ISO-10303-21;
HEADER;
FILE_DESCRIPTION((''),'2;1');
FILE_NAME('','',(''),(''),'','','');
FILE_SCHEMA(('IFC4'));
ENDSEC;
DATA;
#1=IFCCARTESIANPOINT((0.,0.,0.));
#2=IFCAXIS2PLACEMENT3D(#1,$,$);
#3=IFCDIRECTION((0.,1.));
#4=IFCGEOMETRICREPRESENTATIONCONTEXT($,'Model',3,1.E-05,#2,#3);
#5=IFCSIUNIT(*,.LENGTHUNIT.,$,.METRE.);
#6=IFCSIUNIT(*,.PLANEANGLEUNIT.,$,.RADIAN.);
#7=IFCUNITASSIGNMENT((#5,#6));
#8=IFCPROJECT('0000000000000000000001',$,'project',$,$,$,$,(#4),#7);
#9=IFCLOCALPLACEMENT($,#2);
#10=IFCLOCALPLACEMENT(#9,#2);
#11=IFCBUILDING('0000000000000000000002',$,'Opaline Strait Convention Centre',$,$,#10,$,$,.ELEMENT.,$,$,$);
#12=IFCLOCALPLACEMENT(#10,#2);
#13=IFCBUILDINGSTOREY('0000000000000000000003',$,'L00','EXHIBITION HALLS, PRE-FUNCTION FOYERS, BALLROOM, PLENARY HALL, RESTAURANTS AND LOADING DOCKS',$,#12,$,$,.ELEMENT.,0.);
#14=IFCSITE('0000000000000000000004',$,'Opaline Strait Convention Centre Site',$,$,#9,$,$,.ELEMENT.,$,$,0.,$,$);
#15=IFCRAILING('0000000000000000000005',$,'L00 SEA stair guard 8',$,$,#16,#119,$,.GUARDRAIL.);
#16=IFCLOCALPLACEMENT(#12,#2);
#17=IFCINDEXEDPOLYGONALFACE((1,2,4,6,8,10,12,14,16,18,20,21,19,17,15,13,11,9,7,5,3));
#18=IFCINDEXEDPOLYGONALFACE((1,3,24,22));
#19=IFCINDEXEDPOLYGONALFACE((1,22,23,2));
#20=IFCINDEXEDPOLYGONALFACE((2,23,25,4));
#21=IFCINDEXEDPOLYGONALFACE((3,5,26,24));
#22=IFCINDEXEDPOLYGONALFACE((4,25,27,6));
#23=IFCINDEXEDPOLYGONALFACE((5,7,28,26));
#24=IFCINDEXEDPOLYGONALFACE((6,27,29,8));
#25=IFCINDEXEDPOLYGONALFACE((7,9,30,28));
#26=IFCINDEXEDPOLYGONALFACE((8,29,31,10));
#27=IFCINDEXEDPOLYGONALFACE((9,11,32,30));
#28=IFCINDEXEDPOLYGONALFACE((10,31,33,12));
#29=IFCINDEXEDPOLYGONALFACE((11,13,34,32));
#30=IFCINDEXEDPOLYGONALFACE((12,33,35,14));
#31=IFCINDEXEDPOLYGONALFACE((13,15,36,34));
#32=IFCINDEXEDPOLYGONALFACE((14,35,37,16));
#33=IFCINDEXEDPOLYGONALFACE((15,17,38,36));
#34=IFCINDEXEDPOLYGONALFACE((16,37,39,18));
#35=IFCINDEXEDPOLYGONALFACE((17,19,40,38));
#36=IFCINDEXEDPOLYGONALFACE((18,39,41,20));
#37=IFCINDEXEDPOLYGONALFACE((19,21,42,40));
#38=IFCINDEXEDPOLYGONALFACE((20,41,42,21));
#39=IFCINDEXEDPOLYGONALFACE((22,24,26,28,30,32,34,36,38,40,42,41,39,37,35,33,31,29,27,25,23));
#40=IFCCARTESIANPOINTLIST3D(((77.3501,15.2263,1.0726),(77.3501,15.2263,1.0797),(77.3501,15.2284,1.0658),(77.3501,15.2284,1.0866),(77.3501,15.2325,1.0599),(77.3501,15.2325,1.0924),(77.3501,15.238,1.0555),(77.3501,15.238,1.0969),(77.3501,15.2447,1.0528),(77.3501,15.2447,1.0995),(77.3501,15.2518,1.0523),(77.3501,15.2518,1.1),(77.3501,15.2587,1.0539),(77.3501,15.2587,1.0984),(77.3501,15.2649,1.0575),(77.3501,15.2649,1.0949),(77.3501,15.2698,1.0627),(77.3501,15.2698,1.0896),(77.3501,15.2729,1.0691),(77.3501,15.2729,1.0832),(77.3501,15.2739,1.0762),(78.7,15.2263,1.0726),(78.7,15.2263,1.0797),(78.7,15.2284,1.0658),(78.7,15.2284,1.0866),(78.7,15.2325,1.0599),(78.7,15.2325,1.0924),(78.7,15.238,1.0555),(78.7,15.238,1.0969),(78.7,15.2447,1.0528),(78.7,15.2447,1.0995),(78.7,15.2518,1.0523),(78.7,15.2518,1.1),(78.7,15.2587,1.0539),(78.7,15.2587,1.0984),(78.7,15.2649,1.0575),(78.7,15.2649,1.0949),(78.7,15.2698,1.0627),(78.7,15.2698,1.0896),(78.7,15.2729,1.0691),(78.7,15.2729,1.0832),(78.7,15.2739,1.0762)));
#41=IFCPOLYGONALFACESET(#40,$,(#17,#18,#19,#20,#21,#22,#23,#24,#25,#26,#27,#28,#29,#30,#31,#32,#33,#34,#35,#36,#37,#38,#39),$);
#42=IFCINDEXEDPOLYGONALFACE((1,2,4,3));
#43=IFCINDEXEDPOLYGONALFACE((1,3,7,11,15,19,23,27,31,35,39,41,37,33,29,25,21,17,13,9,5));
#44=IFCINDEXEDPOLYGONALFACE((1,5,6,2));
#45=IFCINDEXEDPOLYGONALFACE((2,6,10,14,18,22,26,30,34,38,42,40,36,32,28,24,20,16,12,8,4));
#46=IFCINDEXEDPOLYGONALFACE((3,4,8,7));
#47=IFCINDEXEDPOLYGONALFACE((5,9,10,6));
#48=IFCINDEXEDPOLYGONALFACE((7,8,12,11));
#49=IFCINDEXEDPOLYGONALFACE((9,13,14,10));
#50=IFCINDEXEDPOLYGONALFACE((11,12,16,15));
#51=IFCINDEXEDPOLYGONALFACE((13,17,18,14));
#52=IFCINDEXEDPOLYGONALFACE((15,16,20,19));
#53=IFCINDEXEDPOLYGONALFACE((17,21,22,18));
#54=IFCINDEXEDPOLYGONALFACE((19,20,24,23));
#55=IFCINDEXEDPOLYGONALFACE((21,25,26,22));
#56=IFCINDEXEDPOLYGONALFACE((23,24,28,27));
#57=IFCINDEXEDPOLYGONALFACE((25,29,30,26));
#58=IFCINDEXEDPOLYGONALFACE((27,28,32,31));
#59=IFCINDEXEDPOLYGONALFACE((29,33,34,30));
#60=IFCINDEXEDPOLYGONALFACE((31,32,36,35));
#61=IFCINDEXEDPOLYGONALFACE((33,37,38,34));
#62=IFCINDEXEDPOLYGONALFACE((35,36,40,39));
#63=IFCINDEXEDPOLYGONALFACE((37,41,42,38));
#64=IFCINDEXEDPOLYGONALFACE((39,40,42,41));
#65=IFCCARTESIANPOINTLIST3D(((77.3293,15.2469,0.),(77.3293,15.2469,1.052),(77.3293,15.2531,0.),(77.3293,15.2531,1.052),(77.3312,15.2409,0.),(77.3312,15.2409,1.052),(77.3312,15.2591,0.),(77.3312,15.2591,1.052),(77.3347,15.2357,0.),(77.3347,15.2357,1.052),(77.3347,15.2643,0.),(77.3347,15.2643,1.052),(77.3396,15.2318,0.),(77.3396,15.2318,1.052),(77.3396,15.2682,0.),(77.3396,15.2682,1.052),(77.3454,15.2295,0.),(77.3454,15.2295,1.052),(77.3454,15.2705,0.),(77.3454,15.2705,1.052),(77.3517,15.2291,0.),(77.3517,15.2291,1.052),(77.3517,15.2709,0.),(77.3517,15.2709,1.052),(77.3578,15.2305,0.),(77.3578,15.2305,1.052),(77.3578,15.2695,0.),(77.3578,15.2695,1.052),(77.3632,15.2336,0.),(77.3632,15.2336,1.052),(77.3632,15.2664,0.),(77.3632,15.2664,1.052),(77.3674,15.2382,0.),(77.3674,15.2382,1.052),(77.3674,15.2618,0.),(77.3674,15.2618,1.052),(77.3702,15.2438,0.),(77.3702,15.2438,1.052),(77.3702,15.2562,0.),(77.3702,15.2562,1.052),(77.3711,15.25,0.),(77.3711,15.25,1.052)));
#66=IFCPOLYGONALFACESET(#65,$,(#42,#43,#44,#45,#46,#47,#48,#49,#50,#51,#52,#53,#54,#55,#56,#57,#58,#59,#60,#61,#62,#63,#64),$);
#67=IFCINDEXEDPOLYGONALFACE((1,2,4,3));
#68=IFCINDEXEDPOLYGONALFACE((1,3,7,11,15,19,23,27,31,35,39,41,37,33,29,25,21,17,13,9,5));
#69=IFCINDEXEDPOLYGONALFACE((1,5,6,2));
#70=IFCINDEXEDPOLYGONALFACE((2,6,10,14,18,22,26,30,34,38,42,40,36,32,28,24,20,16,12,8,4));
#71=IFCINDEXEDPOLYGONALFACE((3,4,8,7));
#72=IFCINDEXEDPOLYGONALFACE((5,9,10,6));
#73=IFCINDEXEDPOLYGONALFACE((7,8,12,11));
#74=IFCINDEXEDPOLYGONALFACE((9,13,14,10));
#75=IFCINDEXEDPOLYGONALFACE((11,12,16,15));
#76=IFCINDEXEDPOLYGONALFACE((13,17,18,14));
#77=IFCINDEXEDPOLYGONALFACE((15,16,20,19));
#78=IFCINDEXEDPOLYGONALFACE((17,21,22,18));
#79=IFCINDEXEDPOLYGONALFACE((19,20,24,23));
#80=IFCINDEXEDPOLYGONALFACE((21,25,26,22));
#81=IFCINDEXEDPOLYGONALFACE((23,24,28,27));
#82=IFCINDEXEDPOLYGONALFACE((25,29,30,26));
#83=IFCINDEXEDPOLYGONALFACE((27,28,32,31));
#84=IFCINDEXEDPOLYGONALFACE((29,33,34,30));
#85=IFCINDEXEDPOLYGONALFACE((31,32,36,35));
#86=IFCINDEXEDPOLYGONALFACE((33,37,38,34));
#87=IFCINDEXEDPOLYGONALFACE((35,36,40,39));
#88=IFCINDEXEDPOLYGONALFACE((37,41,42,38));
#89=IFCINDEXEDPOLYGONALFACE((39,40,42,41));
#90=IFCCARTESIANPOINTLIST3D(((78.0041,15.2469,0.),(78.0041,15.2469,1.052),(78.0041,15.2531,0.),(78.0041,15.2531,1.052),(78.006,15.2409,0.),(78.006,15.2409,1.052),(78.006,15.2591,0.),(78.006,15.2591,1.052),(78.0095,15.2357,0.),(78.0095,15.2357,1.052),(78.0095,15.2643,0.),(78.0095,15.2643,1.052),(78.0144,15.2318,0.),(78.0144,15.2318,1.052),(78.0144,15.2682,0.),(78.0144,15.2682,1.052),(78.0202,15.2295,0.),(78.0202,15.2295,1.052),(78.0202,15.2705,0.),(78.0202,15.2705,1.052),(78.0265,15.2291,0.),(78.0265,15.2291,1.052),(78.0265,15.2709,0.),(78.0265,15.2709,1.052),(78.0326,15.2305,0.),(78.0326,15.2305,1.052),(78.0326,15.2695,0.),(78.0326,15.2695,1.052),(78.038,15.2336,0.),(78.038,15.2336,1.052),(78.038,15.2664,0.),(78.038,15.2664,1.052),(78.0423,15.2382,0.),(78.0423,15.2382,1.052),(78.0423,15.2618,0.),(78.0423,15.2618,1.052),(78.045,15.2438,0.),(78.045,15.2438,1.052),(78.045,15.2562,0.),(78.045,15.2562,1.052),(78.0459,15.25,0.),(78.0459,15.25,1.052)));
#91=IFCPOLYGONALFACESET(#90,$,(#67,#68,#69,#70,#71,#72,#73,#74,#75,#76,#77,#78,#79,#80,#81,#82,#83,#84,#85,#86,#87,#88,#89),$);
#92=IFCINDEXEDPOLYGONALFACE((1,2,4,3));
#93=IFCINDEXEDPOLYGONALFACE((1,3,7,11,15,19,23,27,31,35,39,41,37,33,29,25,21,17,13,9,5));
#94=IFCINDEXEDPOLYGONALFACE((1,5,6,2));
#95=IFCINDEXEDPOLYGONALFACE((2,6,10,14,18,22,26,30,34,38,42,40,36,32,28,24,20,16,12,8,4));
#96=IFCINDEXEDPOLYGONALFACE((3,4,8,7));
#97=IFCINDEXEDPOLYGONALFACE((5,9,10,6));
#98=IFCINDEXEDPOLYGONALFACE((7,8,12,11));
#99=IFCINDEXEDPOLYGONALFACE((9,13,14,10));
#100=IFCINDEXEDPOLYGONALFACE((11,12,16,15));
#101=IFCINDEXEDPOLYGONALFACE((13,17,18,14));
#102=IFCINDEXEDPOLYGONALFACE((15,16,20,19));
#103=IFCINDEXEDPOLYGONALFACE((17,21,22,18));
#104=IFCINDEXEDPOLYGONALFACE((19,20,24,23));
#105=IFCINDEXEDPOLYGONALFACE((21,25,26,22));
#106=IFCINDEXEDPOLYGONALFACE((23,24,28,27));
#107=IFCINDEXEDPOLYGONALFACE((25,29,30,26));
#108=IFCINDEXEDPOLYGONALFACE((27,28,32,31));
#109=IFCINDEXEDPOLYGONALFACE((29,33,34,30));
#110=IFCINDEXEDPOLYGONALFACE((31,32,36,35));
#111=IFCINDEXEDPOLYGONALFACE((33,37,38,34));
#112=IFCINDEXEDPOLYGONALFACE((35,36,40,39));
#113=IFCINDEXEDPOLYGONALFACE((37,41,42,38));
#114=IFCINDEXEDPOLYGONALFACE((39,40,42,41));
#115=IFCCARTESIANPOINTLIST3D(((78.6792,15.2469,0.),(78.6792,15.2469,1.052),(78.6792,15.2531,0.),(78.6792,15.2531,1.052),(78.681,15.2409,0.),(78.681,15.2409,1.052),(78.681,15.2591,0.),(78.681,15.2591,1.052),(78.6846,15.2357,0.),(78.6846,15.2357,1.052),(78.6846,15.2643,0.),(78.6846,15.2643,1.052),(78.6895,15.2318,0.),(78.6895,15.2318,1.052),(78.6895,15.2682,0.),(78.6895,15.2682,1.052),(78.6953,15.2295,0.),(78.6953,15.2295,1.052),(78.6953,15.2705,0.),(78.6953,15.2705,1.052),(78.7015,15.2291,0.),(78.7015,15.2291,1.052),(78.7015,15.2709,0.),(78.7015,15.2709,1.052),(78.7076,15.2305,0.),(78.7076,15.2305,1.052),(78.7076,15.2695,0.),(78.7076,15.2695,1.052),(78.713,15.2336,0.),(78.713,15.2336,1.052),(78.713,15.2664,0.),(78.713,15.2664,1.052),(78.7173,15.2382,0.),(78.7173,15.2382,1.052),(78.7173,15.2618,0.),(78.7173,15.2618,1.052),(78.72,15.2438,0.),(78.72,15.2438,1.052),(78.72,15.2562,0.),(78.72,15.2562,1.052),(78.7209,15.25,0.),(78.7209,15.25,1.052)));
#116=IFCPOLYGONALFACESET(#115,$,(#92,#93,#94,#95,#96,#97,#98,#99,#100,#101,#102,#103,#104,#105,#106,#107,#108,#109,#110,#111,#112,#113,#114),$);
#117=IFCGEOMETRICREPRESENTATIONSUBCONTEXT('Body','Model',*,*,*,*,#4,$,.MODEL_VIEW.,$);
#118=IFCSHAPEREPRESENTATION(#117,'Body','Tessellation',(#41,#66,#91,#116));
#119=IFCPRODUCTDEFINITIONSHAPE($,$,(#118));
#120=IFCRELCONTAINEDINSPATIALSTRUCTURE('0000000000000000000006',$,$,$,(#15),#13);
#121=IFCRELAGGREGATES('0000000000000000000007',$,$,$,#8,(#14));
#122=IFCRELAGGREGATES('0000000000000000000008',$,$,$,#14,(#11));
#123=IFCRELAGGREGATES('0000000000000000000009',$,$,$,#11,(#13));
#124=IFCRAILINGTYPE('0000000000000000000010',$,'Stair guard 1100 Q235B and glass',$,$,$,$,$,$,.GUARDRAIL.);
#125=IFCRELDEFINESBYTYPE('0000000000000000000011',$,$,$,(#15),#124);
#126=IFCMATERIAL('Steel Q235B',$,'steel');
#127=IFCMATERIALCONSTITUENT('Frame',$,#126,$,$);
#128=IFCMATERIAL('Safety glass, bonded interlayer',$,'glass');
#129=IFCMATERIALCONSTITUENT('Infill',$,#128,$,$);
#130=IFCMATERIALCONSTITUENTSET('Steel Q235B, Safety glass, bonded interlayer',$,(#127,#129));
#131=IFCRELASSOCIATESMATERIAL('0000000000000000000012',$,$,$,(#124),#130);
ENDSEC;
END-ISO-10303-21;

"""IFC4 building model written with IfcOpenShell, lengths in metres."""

from ifc_helpers import new_model, si_unit, direction, frame, origin, origin_2d, place, context, subcontext, project, spatial, circle, extrude, material, constituent, constituent_set, type_object, element, save


model = new_model("IFC4")

# Units and contexts
model_context = context("Model", 3, precision=1e-05, world=origin(), true_north=direction((0.0, 1.0)))
body_context = subcontext(model_context, "Body", "Model", "MODEL_VIEW")
ifc_project = project(units=[si_unit("LENGTHUNIT", "METRE"), si_unit("PLANEANGLEUNIT", "RADIAN")], contexts=[model_context])

# Site, building, storey
site_placement = place(None, origin())
site = spatial("IfcSite", under=ifc_project, at=site_placement, Name="Opaline Strait Convention Centre Site", CompositionType="ELEMENT", RefElevation=0.0)
building_placement = place(site_placement, origin())
building = spatial("IfcBuilding", under=site, at=building_placement, Name="Opaline Strait Convention Centre", CompositionType="ELEMENT")
storey_placement = place(building_placement, origin())
storey = spatial("IfcBuildingStorey", under=building, at=storey_placement, Name="L00", Description="EXHIBITION HALLS, PRE-FUNCTION FOYERS, BALLROOM, PLENARY HALL, RESTAURANTS AND LOADING DOCKS", CompositionType="ELEMENT", Elevation=0.0)

# Railing
ifc_material_1 = material(Name="Steel Q235B", Category="steel")
ifc_constituent_1 = constituent(ifc_material_1, Name="Frame")
ifc_material_2 = material(Name="Safety glass, bonded interlayer", Category="glass")
ifc_constituent_2 = constituent(ifc_material_2, Name="Infill")
ifc_constituent_set = constituent_set(constituents=[ifc_constituent_1, ifc_constituent_2], Name="Steel Q235B, Safety glass, bonded interlayer")
railing_type_1 = type_object("IfcRailingType", Name="Stair guard 1100 Q235B and glass", PredefinedType="GUARDRAIL", material=ifc_constituent_set)
railing_1_placement = place(storey_placement, frame((77.3501, 15.25, 0.0)))
element("IfcRailing", 1, at=railing_1_placement, inside=storey, type_object=railing_type_1, Name="L00 SEA stair guard 8", PredefinedType="GUARDRAIL", context=body_context, shape_type="SweptSolid", body=[
    extrude(circle(Radius=0.0239, at=origin_2d()), frame((0.0, 0.0, 1.0762), z_axis=(1.0, 0.0, 0.0), x_axis=(0.0, 1.0, 0.0)), (0.0, 0.0, 1.0), 1.3499),
    extrude(circle(Radius=0.021, at=origin_2d()), origin(), (0.0, 0.0, 1.0), 1.052),
    extrude(circle(Radius=0.021, at=origin_2d()), frame((0.6748, 0.0, 0.0)), (0.0, 0.0, 1.0), 1.052),
    extrude(circle(Radius=0.021, at=origin_2d()), frame((1.3499, 0.0, 0.0)), (0.0, 0.0, 1.0), 1.052),
])

save(model, "model.ifc")
